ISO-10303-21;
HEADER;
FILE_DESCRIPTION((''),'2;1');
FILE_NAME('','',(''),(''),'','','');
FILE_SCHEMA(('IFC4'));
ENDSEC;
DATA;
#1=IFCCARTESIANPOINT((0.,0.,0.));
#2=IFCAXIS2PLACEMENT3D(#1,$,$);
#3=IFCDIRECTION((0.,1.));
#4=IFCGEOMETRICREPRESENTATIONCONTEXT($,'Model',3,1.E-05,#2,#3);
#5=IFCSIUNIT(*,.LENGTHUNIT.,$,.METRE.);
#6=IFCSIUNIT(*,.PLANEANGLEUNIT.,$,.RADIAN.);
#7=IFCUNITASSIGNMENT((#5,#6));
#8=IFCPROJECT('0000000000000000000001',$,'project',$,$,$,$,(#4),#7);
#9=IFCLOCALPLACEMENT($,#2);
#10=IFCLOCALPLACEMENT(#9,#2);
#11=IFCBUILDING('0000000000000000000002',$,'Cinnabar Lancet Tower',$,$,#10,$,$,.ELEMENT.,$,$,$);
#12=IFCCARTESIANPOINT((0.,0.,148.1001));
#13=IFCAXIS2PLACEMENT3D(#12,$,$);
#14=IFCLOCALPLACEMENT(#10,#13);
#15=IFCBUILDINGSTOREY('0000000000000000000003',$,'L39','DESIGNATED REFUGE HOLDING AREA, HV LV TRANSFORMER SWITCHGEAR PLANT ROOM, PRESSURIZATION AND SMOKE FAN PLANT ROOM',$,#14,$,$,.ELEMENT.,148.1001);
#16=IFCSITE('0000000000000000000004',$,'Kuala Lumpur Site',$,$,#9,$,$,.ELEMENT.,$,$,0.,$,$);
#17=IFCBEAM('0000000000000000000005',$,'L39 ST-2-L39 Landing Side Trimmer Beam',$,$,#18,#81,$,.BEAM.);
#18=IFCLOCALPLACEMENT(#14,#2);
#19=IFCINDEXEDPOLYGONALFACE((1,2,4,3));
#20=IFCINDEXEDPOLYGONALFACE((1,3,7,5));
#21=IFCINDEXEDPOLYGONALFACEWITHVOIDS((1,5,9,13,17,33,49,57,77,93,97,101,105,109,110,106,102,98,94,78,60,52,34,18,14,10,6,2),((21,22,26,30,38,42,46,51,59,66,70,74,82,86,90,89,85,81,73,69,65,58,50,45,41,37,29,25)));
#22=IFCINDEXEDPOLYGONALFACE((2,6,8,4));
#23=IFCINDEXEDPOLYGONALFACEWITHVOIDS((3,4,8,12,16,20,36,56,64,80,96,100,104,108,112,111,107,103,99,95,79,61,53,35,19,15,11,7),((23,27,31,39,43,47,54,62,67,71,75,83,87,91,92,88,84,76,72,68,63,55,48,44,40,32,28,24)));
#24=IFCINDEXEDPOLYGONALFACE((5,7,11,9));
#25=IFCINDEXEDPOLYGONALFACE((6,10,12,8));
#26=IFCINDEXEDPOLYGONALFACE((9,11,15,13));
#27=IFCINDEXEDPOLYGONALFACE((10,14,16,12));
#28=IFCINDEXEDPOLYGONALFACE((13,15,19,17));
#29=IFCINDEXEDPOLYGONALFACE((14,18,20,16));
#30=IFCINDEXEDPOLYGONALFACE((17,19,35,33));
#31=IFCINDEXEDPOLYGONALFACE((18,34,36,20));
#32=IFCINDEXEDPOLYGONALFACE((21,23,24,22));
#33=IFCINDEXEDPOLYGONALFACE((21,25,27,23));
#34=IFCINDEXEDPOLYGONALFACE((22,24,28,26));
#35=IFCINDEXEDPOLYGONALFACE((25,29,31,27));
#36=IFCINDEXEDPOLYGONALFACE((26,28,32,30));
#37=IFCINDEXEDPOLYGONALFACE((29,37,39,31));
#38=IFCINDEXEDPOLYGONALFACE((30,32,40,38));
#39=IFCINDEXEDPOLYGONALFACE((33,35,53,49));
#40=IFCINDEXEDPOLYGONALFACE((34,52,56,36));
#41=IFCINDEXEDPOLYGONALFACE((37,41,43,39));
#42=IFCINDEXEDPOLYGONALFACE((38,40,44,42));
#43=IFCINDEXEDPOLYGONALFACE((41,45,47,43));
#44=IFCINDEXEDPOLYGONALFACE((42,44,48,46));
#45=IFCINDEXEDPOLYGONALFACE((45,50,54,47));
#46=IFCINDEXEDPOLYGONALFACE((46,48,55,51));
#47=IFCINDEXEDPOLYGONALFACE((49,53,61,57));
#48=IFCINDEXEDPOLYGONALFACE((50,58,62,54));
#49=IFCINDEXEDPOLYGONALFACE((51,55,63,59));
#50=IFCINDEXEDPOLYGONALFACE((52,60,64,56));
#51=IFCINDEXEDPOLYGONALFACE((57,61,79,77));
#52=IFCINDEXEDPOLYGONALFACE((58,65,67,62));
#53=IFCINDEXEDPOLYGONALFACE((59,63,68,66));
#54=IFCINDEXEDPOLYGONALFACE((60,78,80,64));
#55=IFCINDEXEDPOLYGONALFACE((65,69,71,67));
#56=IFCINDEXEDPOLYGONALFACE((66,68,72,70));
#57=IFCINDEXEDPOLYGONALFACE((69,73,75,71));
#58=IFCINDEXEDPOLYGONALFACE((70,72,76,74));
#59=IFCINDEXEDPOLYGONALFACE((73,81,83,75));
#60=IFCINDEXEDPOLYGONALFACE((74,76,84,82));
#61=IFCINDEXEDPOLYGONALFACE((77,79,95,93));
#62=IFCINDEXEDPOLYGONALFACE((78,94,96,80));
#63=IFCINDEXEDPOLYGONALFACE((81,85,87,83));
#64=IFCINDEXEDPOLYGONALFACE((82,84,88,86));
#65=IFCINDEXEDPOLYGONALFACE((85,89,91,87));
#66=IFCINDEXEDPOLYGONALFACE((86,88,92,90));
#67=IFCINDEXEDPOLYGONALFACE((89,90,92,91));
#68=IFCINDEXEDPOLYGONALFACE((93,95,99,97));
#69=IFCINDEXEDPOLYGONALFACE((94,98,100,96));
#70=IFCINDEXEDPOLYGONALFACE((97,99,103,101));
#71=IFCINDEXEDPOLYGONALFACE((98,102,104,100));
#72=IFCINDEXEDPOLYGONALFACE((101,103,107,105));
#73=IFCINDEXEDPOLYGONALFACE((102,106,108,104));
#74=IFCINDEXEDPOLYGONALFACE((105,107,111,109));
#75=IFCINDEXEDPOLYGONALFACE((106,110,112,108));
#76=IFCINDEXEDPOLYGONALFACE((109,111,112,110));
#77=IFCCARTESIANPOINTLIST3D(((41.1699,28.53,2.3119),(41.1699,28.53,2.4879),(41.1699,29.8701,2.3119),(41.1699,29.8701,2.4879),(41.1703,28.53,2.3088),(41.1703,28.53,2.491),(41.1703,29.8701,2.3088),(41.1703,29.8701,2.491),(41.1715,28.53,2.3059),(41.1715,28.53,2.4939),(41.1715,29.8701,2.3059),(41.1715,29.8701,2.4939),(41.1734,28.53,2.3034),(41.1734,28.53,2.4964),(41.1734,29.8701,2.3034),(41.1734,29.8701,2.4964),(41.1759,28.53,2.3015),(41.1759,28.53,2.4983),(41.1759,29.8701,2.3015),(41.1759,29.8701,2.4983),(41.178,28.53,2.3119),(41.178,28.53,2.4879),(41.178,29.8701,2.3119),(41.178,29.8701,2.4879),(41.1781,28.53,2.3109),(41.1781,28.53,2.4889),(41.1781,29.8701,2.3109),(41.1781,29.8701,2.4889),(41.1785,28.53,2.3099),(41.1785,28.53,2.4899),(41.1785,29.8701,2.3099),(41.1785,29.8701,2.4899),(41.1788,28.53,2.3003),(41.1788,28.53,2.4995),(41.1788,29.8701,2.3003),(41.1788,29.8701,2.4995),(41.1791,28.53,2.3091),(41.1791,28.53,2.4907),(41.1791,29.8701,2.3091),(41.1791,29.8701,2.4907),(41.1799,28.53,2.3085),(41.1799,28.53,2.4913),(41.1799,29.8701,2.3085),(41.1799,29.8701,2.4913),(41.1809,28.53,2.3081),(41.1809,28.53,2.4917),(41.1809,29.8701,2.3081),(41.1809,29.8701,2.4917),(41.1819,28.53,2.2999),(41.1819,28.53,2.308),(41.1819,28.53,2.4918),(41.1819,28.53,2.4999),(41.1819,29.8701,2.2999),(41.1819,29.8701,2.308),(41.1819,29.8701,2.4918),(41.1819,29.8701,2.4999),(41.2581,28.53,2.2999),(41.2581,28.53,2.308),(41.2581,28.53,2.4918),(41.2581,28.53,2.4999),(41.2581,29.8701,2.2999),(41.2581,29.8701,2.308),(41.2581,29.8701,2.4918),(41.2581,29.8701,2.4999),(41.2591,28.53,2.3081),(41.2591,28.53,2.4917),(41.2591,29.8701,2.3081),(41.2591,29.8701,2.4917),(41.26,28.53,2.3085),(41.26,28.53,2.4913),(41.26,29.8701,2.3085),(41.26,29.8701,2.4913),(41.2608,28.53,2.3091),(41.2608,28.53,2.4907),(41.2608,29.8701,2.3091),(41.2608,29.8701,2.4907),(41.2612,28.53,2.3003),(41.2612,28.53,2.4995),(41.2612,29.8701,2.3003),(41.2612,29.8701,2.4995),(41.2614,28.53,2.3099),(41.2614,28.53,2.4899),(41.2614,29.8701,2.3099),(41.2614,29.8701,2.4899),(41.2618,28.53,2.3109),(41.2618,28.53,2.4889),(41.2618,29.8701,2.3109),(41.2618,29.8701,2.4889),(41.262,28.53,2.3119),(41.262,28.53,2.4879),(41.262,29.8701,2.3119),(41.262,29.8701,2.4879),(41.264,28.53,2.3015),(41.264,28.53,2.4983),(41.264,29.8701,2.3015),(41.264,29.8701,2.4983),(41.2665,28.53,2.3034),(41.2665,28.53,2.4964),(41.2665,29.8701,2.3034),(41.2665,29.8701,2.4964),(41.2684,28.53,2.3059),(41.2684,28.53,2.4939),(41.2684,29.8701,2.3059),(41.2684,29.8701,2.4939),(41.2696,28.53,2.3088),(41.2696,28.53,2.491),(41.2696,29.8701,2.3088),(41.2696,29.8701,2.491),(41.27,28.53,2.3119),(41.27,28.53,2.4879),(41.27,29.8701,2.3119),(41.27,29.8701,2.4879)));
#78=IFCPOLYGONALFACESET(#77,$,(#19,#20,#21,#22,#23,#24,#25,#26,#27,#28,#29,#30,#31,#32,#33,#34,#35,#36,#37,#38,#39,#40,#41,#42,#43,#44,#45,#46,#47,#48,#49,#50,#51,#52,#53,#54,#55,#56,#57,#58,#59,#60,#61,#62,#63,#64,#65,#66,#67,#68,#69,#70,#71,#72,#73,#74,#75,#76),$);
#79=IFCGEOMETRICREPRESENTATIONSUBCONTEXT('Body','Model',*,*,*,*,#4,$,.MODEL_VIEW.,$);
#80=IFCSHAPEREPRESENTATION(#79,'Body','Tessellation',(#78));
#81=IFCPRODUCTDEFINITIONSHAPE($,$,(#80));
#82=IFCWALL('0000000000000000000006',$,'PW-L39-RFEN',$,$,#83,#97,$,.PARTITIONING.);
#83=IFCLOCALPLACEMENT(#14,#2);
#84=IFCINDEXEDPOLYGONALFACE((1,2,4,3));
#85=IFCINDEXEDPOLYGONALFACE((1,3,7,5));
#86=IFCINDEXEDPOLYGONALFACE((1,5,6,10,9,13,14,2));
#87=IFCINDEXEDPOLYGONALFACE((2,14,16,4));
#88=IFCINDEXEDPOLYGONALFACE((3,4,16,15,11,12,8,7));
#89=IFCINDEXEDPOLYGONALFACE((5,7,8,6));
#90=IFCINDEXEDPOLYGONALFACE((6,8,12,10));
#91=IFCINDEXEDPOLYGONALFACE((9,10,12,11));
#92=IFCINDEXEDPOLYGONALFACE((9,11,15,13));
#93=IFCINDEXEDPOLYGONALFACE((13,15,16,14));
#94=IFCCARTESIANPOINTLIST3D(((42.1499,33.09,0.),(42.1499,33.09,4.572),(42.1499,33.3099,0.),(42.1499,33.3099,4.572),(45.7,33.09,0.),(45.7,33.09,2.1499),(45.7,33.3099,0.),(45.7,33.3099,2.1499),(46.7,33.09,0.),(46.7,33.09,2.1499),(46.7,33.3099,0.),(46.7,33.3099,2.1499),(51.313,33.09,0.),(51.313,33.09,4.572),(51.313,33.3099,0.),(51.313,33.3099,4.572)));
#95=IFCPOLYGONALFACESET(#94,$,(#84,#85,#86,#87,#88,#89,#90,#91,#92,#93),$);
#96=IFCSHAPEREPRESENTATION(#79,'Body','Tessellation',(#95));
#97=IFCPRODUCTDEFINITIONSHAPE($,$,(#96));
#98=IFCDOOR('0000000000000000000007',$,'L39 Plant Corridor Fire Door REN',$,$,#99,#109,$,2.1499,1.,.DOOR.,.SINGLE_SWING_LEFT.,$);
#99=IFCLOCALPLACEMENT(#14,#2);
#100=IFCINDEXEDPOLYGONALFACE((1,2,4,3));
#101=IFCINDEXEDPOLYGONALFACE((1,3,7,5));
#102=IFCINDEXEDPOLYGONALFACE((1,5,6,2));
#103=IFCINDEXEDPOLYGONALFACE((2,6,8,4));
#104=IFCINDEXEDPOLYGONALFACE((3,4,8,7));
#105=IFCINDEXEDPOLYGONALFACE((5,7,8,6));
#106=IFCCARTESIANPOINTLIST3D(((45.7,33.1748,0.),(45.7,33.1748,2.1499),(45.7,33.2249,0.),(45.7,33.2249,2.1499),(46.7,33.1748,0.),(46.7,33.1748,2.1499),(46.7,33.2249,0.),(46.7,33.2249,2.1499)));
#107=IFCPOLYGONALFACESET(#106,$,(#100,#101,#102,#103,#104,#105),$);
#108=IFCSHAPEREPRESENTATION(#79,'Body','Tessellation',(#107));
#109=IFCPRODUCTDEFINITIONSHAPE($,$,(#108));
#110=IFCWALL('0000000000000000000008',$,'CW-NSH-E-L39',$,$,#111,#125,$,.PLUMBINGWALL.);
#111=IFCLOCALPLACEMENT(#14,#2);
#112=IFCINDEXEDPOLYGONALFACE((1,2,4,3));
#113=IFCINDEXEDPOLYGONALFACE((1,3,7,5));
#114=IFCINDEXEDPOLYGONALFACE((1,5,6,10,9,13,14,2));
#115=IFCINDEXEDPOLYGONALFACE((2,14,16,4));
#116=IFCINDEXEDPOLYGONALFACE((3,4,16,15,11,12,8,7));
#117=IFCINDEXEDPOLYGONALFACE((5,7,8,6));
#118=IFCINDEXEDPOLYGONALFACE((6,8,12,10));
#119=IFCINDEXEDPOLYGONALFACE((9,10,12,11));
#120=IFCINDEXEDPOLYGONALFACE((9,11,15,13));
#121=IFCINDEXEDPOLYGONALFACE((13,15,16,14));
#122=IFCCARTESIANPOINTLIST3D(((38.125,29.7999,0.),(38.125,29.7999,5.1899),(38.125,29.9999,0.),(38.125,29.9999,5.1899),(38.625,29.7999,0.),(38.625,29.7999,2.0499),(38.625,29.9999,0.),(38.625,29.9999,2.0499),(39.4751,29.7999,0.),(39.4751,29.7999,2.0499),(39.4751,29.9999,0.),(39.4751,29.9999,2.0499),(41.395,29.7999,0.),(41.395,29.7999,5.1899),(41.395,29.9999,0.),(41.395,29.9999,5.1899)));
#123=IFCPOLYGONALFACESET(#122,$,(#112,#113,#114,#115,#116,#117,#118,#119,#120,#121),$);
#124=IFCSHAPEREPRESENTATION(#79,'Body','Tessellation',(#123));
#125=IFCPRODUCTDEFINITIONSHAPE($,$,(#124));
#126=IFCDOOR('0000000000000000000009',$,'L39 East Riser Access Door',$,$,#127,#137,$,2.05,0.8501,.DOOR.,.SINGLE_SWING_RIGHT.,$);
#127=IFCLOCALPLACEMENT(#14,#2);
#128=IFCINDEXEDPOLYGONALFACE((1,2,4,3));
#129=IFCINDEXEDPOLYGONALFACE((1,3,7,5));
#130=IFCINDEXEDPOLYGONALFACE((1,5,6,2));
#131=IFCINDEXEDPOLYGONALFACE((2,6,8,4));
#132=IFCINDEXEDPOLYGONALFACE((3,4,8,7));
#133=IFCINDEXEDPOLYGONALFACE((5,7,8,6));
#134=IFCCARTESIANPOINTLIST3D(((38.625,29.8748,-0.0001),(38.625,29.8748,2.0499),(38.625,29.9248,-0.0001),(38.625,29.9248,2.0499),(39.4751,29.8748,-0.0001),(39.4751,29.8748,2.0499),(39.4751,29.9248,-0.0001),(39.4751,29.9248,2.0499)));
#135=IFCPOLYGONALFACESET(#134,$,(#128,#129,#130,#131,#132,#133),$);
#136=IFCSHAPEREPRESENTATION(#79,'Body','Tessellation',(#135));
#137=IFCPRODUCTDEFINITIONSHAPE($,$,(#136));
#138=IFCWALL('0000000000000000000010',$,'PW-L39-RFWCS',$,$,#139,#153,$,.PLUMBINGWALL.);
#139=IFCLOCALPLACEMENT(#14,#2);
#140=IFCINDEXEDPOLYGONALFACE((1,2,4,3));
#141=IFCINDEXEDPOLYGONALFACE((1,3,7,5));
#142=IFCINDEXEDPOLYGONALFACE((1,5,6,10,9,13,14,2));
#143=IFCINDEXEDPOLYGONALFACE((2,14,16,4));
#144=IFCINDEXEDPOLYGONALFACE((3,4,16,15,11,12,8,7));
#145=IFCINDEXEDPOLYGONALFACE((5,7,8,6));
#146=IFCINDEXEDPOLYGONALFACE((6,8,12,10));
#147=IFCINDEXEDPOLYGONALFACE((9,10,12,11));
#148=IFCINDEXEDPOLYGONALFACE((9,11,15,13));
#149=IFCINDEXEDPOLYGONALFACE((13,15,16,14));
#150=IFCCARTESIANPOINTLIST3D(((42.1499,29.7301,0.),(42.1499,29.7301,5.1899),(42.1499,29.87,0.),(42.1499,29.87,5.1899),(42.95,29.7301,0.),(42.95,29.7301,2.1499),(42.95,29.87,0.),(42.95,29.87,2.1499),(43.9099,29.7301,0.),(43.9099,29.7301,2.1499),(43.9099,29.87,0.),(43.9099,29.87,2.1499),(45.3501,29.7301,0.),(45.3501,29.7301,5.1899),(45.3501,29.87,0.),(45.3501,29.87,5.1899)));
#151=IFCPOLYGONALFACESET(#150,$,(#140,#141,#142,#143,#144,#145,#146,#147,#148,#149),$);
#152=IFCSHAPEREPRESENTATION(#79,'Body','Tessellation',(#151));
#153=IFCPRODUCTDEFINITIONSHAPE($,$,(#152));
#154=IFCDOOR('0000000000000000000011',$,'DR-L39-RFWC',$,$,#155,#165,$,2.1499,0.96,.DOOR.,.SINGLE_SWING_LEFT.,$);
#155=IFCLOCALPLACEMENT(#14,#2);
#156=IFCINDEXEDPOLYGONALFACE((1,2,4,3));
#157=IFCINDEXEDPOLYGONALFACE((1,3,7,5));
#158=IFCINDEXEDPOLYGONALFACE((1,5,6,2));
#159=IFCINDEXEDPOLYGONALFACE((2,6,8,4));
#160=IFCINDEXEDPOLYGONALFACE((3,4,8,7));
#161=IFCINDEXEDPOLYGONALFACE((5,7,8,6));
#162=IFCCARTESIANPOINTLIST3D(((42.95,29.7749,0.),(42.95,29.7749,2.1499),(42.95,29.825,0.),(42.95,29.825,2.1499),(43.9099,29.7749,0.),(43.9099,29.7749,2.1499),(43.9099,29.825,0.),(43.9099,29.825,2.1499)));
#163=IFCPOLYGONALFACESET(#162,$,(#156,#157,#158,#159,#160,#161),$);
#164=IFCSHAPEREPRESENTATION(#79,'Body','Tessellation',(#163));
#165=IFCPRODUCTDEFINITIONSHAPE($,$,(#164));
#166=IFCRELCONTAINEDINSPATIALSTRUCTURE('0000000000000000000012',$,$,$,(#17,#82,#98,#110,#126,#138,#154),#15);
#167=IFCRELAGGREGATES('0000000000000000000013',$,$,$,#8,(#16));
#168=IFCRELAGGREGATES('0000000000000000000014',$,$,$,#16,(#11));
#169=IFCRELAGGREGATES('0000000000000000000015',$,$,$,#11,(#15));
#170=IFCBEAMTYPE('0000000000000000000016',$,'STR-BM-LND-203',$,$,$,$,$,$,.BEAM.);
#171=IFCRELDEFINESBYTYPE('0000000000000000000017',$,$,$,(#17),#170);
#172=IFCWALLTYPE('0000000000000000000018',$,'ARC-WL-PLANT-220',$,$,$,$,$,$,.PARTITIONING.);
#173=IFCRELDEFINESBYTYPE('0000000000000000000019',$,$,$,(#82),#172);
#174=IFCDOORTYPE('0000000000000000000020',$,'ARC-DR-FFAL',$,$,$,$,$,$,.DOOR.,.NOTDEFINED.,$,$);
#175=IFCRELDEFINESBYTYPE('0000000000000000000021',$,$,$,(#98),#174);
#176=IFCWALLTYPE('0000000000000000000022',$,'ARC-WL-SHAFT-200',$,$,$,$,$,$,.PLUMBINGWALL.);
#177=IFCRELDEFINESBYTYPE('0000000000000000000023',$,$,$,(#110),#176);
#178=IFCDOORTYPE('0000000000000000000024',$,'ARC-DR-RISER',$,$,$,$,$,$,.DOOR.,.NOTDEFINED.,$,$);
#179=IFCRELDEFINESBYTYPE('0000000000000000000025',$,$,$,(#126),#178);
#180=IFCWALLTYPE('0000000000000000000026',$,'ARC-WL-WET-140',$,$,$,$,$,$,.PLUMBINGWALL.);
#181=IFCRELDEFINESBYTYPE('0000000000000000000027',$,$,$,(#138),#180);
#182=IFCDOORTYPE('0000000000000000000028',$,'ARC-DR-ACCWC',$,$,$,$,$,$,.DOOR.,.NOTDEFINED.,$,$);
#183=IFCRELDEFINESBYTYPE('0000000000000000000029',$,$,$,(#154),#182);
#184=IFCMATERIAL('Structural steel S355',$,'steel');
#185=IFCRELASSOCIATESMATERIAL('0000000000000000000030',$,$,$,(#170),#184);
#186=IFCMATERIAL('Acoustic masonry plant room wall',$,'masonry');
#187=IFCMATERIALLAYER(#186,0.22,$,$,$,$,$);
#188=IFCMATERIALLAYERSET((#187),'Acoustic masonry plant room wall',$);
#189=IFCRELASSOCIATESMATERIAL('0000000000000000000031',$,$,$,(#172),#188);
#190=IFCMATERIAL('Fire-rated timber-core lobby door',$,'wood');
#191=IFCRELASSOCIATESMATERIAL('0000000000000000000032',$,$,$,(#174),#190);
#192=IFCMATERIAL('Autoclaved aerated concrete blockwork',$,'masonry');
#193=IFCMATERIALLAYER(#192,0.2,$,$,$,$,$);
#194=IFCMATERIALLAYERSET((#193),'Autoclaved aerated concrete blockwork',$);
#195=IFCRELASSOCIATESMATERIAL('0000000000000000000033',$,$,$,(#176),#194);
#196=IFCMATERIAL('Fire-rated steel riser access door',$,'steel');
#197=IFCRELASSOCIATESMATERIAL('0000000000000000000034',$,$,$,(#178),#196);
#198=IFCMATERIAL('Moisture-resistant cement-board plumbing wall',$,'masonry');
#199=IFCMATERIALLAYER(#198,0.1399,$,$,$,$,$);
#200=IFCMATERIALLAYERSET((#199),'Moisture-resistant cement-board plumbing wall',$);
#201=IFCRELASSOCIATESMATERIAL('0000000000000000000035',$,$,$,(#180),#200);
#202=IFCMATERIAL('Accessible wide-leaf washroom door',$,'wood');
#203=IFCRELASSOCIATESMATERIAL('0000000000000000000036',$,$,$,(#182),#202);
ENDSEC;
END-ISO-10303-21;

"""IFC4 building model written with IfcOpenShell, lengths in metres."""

from ifc_helpers import new_model, si_unit, direction, frame, frame_2d, origin, origin_2d, place, context, subcontext, project, spatial, rectangle, hollow_rectangle, extrude, material, layer, layer_set, material_profile, profile_set, type_object, element, fill, save


model = new_model("IFC4")

# Units and contexts
model_context = context("Model", 3, precision=1e-05, world=origin(), true_north=direction((0.0, 1.0)))
body_context = subcontext(model_context, "Body", "Model", "MODEL_VIEW")
ifc_project = project(units=[si_unit("LENGTHUNIT", "METRE"), si_unit("PLANEANGLEUNIT", "RADIAN")], contexts=[model_context])

# Site, building, storey
site_placement = place(None, origin())
site = spatial("IfcSite", under=ifc_project, at=site_placement, Name="Kuala Lumpur Site", CompositionType="ELEMENT", RefElevation=0.0)
building_placement = place(site_placement, origin())
building = spatial("IfcBuilding", under=site, at=building_placement, Name="Cinnabar Lancet Tower", CompositionType="ELEMENT")
storey_placement = place(building_placement, frame((0.0, 0.0, 148.1001)))
storey = spatial("IfcBuildingStorey", under=building, at=storey_placement, Name="L39", Description="DESIGNATED REFUGE HOLDING AREA, HV LV TRANSFORMER SWITCHGEAR PLANT ROOM, PRESSURIZATION AND SMOKE FAN PLANT ROOM", CompositionType="ELEMENT", Elevation=148.1001)

# Beam
ifc_material_1 = material(Name="Structural steel S355", Category="steel")
ifc_material_profile = material_profile(ifc_material_1, hollow_rectangle(XDim=0.1001, YDim=0.2, WallThickness=0.0081, InnerFilletRadius=0.0039, OuterFilletRadius=0.012, at=origin_2d()), Name="RHS 200x100x8")
ifc_profile_set = profile_set([ifc_material_profile], Name="Structural steel S355")
beam_type = type_object("IfcBeamType", Name="STR-BM-LND-203", PredefinedType="BEAM", material=ifc_profile_set)
beam_placement = place(storey_placement, frame((41.22, 28.53, 2.3999), z_axis=(0.0, 1.0, 0.0), x_axis=(-1.0, 0.0, 0.0)))
element("IfcBeam", 1, at=beam_placement, inside=storey, type_object=beam_type, Name="L39 ST-2-L39 Landing Side Trimmer Beam", PredefinedType="BEAM", context=body_context, shape_type="SweptSolid", body=[
    extrude(hollow_rectangle(XDim=0.1001, YDim=0.2, WallThickness=0.0081, InnerFilletRadius=0.0039, OuterFilletRadius=0.012, at=origin_2d()), origin(), (0.0, 0.0, 1.0), 1.3401),
])

# Walls, openings, doors
ifc_material_2 = material(Name="Acoustic masonry plant room wall", Category="masonry")
ifc_layer_1 = layer(ifc_material_2, 0.22)
ifc_layer_set_1 = layer_set([ifc_layer_1], Name="Acoustic masonry plant room wall")
wall_type_1 = type_object("IfcWallType", Name="ARC-WL-PLANT-220", PredefinedType="PARTITIONING", material=ifc_layer_set_1)
wall_1_placement = place(storey_placement, frame((42.1499, 33.2, 0.0), z_axis=(0.0, 0.0, 1.0), x_axis=(1.0, 0.0, 0.0)))
wall_1 = element("IfcWall", 2, at=wall_1_placement, inside=storey, type_object=wall_type_1, Name="PW-L39-RFEN", PredefinedType="PARTITIONING", context=body_context, shape_type="SweptSolid", body=[
    extrude(rectangle(XDim=9.1631, YDim=0.22, at=frame_2d((4.5815, 0.0))), origin(), (0.0, 0.0, 1.0), 4.572),
])
opening_1_placement = place(wall_1_placement, frame((3.55, 0.0, 0.0)))
opening_1 = element("IfcOpeningElement", 3, at=opening_1_placement, cuts=wall_1, PredefinedType="OPENING", context=body_context, shape_type="SweptSolid", body=[
    extrude(rectangle(XDim=1.0, YDim=2.1499, at=frame_2d((0.5, 1.075))), frame((0.0, 0.1199, 0.0), z_axis=(0.0, -1.0, 0.0), x_axis=(1.0, 0.0, 0.0)), (0.0, 0.0, 1.0), 0.24),
])
ifc_material_3 = material(Name="Fire-rated timber-core lobby door", Category="wood")
door_type_1 = type_object("IfcDoorType", Name="ARC-DR-FFAL", OperationType="NOTDEFINED", PredefinedType="DOOR", material=ifc_material_3)
door_1_placement = place(opening_1_placement, origin())
door_1 = element("IfcDoor", 4, at=door_1_placement, inside=storey, type_object=door_type_1, Name="L39 Plant Corridor Fire Door REN", OperationType="SINGLE_SWING_LEFT", OverallHeight=2.1499, OverallWidth=1.0, PredefinedType="DOOR", context=body_context, shape_type="SweptSolid", body=[
    extrude(rectangle(XDim=1.0, YDim=2.1499, at=frame_2d((0.5, 1.075))), frame((0.0, 0.0249, 0.0), z_axis=(0.0, -1.0, 0.0), x_axis=(1.0, 0.0, 0.0)), (0.0, 0.0, 1.0), 0.05),
])
fill(opening_1, door_1)
ifc_material_4 = material(Name="Autoclaved aerated concrete blockwork", Category="masonry")
ifc_layer_2 = layer(ifc_material_4, 0.2)
ifc_layer_set_2 = layer_set([ifc_layer_2], Name="Autoclaved aerated concrete blockwork")
wall_type_2 = type_object("IfcWallType", Name="ARC-WL-SHAFT-200", PredefinedType="PLUMBINGWALL", material=ifc_layer_set_2)
wall_2_placement = place(storey_placement, frame((38.125, 29.8999, 0.0), z_axis=(0.0, 0.0, 1.0), x_axis=(1.0, 0.0, 0.0)))
wall_2 = element("IfcWall", 5, at=wall_2_placement, inside=storey, type_object=wall_type_2, Name="CW-NSH-E-L39", PredefinedType="PLUMBINGWALL", context=body_context, shape_type="SweptSolid", body=[
    extrude(rectangle(XDim=3.27, YDim=0.2, at=frame_2d((1.635, 0.0))), origin(), (0.0, 0.0, 1.0), 5.1899),
])
opening_2_placement = place(wall_2_placement, frame((0.5, 0.0, 0.0)))
opening_2 = element("IfcOpeningElement", 6, at=opening_2_placement, cuts=wall_2, PredefinedType="OPENING", context=body_context, shape_type="SweptSolid", body=[
    extrude(rectangle(XDim=0.8501, YDim=2.05, at=frame_2d((0.425, 1.0249))), frame((0.0, 0.1099, 0.0), z_axis=(0.0, -1.0, 0.0), x_axis=(1.0, 0.0, 0.0)), (0.0, 0.0, 1.0), 0.22),
])
ifc_material_5 = material(Name="Fire-rated steel riser access door", Category="steel")
door_type_2 = type_object("IfcDoorType", Name="ARC-DR-RISER", OperationType="NOTDEFINED", PredefinedType="DOOR", material=ifc_material_5)
door_2_placement = place(opening_2_placement, origin())
door_2 = element("IfcDoor", 7, at=door_2_placement, inside=storey, type_object=door_type_2, Name="L39 East Riser Access Door", OperationType="SINGLE_SWING_RIGHT", OverallHeight=2.05, OverallWidth=0.8501, PredefinedType="DOOR", context=body_context, shape_type="SweptSolid", body=[
    extrude(rectangle(XDim=0.8501, YDim=2.05, at=frame_2d((0.425, 1.0249))), frame((0.0, 0.0249, 0.0), z_axis=(0.0, -1.0, 0.0), x_axis=(1.0, 0.0, 0.0)), (0.0, 0.0, 1.0), 0.05),
])
fill(opening_2, door_2)
ifc_material_6 = material(Name="Moisture-resistant cement-board plumbing wall", Category="masonry")
ifc_layer_3 = layer(ifc_material_6, 0.1399)
ifc_layer_set_3 = layer_set([ifc_layer_3], Name="Moisture-resistant cement-board plumbing wall")
wall_type_3 = type_object("IfcWallType", Name="ARC-WL-WET-140", PredefinedType="PLUMBINGWALL", material=ifc_layer_set_3)
wall_3_placement = place(storey_placement, frame((42.1499, 29.8, 0.0), z_axis=(0.0, 0.0, 1.0), x_axis=(1.0, 0.0, 0.0)))
wall_3 = element("IfcWall", 8, at=wall_3_placement, inside=storey, type_object=wall_type_3, Name="PW-L39-RFWCS", PredefinedType="PLUMBINGWALL", context=body_context, shape_type="SweptSolid", body=[
    extrude(rectangle(XDim=3.2002, YDim=0.1399, at=frame_2d((1.6001, 0.0))), origin(), (0.0, 0.0, 1.0), 5.1899),
])
opening_3_placement = place(wall_3_placement, frame((0.8, 0.0, 0.0)))
opening_3 = element("IfcOpeningElement", 9, at=opening_3_placement, cuts=wall_3, PredefinedType="OPENING", context=body_context, shape_type="SweptSolid", body=[
    extrude(rectangle(XDim=0.96, YDim=2.1499, at=frame_2d((0.48, 1.075))), frame((0.0, 0.0798, 0.0), z_axis=(0.0, -1.0, 0.0), x_axis=(1.0, 0.0, 0.0)), (0.0, 0.0, 1.0), 0.1599),
])
ifc_material_7 = material(Name="Accessible wide-leaf washroom door", Category="wood")
door_type_3 = type_object("IfcDoorType", Name="ARC-DR-ACCWC", OperationType="NOTDEFINED", PredefinedType="DOOR", material=ifc_material_7)
door_3_placement = place(opening_3_placement, origin())
door_3 = element("IfcDoor", 10, at=door_3_placement, inside=storey, type_object=door_type_3, Name="DR-L39-RFWC", OperationType="SINGLE_SWING_LEFT", OverallHeight=2.1499, OverallWidth=0.96, PredefinedType="DOOR", context=body_context, shape_type="SweptSolid", body=[
    extrude(rectangle(XDim=0.96, YDim=2.1499, at=frame_2d((0.48, 1.075))), frame((0.0, 0.0249, 0.0), z_axis=(0.0, -1.0, 0.0), x_axis=(1.0, 0.0, 0.0)), (0.0, 0.0, 1.0), 0.05),
])
fill(opening_3, door_3)

save(model, "model.ifc")
